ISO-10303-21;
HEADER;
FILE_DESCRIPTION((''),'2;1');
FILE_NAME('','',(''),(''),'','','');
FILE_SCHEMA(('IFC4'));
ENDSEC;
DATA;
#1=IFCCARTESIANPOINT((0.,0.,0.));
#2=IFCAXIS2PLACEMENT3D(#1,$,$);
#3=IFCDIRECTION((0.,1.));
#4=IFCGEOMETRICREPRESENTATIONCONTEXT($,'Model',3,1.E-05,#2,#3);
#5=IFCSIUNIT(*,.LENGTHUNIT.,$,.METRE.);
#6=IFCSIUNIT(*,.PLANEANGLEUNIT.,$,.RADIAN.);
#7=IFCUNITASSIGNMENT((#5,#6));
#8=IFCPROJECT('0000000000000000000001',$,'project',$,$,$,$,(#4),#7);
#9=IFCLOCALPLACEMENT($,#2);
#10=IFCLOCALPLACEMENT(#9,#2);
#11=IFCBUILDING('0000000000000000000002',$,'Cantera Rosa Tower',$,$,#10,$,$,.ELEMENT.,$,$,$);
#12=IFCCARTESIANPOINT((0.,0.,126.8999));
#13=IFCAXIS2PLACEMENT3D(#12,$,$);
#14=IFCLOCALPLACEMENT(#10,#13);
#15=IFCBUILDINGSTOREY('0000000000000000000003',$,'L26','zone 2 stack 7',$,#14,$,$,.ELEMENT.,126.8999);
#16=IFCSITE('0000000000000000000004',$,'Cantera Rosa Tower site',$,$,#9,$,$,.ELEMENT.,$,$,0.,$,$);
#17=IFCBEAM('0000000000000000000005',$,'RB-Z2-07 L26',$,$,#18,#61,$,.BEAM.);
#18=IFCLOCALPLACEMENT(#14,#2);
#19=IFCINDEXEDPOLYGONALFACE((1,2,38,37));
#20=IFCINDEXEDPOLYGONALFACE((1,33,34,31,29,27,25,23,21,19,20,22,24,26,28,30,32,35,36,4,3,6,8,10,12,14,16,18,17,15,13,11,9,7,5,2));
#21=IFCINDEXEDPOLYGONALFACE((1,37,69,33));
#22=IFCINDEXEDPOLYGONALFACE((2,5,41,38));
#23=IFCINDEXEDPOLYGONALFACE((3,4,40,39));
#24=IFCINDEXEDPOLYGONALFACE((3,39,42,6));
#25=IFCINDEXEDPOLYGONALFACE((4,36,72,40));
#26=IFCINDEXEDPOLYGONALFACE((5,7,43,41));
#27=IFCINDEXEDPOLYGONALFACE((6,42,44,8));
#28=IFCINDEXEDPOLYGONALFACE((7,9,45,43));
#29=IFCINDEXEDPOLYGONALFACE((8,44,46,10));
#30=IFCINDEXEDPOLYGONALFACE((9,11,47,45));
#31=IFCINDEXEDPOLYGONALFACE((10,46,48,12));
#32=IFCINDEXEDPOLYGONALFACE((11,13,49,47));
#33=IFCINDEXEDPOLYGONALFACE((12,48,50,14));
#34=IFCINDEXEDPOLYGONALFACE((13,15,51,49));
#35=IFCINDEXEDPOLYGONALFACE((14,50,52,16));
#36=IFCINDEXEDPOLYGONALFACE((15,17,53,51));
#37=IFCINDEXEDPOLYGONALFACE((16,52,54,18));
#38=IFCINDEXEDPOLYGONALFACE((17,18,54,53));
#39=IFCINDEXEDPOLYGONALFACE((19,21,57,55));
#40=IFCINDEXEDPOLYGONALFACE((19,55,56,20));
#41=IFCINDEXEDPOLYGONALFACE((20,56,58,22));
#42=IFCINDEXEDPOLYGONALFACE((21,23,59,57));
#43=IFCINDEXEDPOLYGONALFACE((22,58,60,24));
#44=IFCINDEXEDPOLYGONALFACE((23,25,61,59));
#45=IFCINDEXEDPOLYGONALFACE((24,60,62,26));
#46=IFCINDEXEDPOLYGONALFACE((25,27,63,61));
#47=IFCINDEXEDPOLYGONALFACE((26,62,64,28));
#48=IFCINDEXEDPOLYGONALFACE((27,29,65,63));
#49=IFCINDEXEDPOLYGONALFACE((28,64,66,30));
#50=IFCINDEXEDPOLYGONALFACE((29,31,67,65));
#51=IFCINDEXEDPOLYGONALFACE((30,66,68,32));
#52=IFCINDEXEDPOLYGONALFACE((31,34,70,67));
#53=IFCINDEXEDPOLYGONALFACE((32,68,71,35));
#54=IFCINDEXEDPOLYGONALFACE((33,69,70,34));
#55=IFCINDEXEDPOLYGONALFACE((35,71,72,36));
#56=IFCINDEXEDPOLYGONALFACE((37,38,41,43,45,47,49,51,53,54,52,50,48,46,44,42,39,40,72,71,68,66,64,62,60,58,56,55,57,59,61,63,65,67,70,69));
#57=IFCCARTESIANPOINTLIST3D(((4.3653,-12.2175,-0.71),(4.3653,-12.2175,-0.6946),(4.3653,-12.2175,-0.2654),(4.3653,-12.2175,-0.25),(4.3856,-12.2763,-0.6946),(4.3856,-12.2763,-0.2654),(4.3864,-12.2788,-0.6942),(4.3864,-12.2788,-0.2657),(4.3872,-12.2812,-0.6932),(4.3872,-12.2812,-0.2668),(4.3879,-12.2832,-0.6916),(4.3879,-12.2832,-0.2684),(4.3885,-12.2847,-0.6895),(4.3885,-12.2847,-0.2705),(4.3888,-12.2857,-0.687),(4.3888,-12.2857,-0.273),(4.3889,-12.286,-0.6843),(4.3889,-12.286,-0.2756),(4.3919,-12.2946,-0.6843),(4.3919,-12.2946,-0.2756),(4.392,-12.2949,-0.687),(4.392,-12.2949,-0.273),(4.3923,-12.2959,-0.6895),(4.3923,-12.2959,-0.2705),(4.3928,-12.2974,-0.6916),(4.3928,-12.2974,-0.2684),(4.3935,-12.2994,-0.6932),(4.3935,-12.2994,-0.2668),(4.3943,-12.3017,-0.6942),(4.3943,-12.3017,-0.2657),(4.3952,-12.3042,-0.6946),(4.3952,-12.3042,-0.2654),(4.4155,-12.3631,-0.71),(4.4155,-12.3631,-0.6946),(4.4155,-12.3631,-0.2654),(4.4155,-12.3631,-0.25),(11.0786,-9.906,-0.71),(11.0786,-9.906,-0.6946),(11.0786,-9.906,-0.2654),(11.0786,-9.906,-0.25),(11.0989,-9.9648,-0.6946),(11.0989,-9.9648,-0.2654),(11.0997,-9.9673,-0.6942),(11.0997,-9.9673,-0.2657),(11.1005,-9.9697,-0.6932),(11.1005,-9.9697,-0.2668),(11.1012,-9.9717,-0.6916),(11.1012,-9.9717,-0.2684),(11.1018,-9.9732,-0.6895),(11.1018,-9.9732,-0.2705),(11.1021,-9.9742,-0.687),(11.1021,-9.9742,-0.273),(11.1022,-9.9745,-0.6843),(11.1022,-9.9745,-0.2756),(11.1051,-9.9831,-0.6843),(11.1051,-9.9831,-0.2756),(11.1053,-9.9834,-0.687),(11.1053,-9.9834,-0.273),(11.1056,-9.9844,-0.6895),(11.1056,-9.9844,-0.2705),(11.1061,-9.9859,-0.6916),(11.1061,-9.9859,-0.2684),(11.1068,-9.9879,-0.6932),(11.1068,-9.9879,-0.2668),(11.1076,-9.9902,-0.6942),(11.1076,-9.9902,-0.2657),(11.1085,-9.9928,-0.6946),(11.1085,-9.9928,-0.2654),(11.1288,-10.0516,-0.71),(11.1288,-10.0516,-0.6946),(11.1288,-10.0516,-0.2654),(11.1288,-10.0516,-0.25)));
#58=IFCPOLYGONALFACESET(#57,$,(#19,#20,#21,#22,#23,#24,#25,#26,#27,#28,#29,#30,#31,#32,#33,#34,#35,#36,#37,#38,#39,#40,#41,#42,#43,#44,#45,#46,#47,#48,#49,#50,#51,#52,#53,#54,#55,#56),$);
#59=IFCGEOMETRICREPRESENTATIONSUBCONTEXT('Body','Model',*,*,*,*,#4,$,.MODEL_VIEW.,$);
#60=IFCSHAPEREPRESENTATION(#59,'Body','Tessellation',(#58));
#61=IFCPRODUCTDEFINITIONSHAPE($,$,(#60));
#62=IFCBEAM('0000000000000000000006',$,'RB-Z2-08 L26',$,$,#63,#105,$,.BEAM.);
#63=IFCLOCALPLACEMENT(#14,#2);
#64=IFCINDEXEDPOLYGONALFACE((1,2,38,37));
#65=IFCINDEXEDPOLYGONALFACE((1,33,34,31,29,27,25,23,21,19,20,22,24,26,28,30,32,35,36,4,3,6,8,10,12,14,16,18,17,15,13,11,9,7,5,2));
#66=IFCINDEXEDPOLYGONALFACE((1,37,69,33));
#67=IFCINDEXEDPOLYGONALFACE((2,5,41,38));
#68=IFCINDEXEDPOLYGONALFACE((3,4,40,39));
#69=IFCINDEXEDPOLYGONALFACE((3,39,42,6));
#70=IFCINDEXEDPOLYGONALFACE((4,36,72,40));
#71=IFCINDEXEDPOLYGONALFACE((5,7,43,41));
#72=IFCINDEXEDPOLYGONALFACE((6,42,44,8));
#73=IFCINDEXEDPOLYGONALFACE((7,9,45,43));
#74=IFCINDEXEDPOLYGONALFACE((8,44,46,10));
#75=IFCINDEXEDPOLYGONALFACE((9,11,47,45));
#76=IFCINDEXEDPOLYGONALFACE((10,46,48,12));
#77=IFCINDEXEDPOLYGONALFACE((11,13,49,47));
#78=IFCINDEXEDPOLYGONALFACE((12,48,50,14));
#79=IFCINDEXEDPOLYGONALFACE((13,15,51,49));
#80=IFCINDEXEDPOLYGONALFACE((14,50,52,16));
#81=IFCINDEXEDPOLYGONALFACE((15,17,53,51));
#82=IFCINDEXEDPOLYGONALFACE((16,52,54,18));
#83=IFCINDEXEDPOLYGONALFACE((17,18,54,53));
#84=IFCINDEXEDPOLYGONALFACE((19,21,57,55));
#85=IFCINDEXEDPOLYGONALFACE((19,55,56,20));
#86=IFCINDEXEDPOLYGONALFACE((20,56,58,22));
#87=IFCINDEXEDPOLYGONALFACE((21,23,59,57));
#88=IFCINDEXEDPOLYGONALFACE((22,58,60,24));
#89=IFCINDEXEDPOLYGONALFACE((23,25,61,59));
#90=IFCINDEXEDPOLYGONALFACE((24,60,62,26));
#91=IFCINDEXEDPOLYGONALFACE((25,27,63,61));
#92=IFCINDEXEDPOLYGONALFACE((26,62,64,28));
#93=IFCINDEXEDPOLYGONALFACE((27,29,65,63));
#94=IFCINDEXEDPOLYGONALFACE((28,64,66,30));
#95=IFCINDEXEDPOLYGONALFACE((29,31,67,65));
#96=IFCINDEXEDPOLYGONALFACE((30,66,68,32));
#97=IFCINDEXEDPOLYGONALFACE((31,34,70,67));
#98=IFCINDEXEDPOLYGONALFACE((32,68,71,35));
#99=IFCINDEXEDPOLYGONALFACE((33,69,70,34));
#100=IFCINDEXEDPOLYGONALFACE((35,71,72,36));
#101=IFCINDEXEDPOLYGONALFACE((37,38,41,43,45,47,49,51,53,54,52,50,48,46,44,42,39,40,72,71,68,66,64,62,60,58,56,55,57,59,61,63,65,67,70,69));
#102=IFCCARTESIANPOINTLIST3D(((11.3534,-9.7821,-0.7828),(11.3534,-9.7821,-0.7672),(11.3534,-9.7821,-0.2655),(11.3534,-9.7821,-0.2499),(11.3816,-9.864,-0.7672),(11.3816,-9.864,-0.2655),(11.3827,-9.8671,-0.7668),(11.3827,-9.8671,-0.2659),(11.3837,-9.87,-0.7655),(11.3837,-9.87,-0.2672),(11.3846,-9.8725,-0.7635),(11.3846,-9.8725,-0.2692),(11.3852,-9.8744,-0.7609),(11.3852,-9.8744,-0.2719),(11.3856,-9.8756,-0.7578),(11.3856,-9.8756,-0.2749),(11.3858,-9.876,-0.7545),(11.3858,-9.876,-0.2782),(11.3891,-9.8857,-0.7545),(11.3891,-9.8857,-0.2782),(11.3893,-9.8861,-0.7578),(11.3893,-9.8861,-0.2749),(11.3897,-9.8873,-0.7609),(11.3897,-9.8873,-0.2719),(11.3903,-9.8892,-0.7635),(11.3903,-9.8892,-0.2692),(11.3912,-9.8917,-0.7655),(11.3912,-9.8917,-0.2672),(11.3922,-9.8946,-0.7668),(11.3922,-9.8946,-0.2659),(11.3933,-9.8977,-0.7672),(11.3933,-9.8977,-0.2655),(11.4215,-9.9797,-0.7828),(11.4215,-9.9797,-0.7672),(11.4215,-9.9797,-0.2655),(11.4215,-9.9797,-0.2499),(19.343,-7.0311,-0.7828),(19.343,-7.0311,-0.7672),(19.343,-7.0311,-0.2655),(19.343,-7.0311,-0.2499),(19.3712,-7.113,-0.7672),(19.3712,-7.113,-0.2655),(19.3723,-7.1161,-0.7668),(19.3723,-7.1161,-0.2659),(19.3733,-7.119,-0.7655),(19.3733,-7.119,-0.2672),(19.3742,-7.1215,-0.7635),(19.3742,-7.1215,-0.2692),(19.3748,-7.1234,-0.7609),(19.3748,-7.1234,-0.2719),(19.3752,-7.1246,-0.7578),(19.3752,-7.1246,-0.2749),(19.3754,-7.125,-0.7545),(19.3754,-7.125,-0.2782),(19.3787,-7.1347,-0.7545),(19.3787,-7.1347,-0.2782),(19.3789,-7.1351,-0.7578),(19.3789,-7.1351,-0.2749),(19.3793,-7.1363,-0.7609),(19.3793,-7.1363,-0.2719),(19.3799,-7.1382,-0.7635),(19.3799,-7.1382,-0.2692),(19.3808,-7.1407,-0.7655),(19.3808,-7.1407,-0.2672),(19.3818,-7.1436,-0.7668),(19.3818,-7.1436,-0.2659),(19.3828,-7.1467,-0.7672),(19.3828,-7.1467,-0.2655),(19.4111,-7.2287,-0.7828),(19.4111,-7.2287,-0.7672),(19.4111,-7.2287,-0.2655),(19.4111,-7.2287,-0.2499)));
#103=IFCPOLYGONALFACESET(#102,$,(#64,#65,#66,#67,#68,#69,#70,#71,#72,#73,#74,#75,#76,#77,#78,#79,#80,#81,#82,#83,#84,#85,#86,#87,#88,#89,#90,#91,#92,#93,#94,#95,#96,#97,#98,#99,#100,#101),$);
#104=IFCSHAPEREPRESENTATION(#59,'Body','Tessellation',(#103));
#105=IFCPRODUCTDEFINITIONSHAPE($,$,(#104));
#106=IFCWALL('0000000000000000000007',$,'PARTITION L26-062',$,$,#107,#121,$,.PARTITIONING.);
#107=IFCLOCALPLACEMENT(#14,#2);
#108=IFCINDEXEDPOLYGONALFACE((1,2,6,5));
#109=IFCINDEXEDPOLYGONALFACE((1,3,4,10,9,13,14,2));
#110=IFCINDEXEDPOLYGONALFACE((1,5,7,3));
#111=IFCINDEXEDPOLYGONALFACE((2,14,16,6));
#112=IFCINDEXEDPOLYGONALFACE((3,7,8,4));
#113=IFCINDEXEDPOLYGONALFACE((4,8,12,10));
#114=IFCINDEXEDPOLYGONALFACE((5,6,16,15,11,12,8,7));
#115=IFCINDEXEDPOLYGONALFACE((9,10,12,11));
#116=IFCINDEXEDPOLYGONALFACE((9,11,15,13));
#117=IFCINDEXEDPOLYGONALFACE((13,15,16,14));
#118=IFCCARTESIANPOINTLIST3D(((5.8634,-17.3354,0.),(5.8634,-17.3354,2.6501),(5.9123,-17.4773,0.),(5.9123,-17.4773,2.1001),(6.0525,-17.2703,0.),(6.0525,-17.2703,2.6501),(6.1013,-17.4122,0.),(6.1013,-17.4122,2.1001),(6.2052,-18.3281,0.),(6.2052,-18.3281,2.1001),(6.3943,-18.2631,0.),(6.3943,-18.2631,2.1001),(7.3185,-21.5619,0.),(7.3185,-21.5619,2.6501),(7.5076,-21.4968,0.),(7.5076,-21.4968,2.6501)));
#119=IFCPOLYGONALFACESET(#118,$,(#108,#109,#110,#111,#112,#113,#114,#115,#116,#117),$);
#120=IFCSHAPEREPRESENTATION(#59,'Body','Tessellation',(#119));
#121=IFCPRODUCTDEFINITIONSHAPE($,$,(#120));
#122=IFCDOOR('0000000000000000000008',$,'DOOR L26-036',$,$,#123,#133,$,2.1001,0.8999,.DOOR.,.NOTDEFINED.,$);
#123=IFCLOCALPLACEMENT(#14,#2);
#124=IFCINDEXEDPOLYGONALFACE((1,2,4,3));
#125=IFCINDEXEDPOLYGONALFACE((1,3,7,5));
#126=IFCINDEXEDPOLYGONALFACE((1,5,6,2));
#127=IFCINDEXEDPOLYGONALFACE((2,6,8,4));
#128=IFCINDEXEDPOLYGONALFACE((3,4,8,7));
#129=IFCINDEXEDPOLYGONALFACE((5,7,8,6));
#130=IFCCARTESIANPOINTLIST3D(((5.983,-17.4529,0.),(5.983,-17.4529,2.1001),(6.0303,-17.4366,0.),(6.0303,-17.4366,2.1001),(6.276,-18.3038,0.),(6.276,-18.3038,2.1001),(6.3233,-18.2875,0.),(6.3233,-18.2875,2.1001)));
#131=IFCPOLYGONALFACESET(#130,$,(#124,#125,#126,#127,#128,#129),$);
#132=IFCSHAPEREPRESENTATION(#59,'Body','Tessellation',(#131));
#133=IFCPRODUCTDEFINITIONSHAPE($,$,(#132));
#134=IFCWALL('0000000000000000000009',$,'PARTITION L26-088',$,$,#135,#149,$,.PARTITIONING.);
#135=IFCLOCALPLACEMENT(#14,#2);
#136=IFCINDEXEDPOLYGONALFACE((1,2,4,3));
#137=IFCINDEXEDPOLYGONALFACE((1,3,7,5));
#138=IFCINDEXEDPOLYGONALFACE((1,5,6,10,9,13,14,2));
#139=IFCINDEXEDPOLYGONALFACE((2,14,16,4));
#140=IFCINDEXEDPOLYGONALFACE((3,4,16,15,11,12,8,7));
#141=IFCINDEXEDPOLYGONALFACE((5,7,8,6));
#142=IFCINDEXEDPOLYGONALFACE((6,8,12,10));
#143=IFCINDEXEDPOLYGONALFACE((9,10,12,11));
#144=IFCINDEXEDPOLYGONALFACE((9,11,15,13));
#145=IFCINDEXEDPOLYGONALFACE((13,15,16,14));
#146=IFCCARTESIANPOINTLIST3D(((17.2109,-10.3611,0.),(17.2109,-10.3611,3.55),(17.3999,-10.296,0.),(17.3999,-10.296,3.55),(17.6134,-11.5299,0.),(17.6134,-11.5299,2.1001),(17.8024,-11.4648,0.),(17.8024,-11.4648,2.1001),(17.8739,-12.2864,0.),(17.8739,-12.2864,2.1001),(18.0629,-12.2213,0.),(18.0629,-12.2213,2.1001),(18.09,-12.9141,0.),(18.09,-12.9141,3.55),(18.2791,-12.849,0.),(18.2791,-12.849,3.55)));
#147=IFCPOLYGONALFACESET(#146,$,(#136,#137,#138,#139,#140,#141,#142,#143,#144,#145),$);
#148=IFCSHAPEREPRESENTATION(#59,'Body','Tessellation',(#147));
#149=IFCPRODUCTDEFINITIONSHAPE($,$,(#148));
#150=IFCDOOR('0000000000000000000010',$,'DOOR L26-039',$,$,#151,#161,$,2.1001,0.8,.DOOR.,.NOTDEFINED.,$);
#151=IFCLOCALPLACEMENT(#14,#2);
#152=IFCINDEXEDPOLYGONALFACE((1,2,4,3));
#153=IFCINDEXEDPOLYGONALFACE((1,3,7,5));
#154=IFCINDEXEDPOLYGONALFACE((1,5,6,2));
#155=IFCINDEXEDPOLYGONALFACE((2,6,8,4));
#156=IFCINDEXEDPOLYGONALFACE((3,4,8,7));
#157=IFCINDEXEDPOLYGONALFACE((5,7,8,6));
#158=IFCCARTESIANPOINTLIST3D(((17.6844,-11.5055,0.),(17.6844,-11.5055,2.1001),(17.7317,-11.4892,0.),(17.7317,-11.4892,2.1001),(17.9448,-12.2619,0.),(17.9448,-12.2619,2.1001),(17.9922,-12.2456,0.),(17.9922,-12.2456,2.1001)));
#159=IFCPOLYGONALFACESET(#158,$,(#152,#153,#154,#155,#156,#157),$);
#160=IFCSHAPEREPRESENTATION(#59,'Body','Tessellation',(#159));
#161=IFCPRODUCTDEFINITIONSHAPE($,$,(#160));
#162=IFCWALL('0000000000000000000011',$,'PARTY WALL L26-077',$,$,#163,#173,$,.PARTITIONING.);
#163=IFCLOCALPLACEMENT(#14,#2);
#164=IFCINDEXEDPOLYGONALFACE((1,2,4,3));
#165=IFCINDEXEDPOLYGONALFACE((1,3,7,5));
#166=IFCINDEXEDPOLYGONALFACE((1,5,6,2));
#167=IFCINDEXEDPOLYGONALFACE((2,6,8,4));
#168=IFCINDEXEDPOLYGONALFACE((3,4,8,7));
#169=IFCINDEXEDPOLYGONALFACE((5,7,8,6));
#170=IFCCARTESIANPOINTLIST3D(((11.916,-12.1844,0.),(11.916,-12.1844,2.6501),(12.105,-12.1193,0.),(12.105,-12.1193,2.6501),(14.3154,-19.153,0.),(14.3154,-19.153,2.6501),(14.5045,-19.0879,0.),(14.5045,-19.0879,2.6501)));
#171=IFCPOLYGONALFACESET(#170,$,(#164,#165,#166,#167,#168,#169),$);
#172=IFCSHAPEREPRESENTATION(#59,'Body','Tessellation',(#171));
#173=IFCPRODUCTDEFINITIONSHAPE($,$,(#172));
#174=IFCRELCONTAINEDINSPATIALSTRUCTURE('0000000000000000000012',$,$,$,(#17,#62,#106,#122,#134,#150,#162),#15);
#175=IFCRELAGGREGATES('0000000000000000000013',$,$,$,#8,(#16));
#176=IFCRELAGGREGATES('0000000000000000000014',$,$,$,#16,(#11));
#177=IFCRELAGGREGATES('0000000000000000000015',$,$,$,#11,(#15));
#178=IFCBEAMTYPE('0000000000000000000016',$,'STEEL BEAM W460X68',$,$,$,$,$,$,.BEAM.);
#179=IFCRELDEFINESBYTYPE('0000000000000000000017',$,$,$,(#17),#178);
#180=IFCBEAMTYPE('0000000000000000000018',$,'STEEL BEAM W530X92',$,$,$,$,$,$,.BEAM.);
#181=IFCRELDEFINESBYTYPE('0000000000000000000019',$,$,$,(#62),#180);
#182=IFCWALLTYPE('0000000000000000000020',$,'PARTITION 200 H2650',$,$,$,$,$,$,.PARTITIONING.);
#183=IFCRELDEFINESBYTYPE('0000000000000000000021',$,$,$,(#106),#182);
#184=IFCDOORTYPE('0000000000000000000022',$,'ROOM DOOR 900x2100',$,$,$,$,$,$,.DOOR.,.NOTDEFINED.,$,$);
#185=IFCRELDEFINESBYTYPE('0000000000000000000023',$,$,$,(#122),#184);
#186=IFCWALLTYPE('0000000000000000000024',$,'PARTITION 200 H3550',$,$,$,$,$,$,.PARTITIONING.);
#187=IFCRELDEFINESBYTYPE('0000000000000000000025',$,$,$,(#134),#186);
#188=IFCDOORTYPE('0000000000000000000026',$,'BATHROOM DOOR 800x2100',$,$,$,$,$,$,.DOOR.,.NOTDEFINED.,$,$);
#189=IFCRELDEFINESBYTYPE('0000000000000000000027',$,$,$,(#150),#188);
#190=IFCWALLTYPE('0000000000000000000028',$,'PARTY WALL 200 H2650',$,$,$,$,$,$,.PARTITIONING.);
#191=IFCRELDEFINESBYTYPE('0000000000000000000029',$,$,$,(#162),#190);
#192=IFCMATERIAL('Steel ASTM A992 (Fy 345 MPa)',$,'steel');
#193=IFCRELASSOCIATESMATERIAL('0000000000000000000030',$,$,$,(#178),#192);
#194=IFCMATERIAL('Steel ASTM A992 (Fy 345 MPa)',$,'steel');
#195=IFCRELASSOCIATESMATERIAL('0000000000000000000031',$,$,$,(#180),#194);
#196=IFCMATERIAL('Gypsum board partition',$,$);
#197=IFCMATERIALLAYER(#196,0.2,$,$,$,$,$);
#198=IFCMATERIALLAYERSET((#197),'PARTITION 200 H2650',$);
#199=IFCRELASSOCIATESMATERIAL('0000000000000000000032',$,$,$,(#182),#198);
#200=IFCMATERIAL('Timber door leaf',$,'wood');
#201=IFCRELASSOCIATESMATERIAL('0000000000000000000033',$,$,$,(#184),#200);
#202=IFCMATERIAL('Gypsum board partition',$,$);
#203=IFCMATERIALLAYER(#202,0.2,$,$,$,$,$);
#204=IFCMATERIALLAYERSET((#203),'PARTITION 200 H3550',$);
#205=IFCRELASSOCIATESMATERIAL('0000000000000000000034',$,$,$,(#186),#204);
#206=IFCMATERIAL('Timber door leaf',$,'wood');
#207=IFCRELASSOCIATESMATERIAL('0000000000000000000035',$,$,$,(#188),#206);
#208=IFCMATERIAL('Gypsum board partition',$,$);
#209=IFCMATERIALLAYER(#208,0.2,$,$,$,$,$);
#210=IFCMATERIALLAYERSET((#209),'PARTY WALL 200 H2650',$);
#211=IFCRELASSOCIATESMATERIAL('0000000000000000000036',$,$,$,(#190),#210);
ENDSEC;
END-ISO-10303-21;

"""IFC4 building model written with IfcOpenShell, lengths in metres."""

from ifc_helpers import new_model, si_unit, direction, frame, frame_2d, origin, origin_2d, place, context, subcontext, project, spatial, rectangle, i_section, extrude, material, layer, layer_set, material_profile, profile_set, type_object, element, fill, save


model = new_model("IFC4")

# Units and contexts
model_context = context("Model", 3, precision=1e-05, world=origin(), true_north=direction((0.0, 1.0)))
body_context = subcontext(model_context, "Body", "Model", "MODEL_VIEW")
ifc_project = project(units=[si_unit("LENGTHUNIT", "METRE"), si_unit("PLANEANGLEUNIT", "RADIAN")], contexts=[model_context])

# Site, building, storey
site_placement = place(None, origin())
site = spatial("IfcSite", under=ifc_project, at=site_placement, Name="Cantera Rosa Tower site", CompositionType="ELEMENT", RefElevation=0.0)
building_placement = place(site_placement, origin())
building = spatial("IfcBuilding", under=site, at=building_placement, Name="Cantera Rosa Tower", CompositionType="ELEMENT")
storey_placement = place(building_placement, frame((0.0, 0.0, 126.8999)))
storey = spatial("IfcBuildingStorey", under=building, at=storey_placement, Name="L26", Description="zone 2 stack 7", CompositionType="ELEMENT", Elevation=126.8999)

# Beams
ifc_material_1 = material(Name="Steel ASTM A992 (Fy 345 MPa)", Category="steel")
ifc_material_profile_1 = material_profile(ifc_material_1, i_section(OverallWidth=0.1541, OverallDepth=0.46, WebThickness=0.009, FlangeThickness=0.0154, FilletRadius=0.0103, at=origin_2d()), Name="W460X68")
ifc_profile_set_1 = profile_set([ifc_material_profile_1], Name="Steel ASTM A992 (Fy 345 MPa)")
beam_type_1 = type_object("IfcBeamType", Name="STEEL BEAM W460X68", PredefinedType="BEAM", material=ifc_profile_set_1)
beam_1_placement = place(storey_placement, frame((4.3904, -12.2903, -0.48), z_axis=(0.945522, 0.325558, 0.0), x_axis=(-0.325558, 0.945522, 0.0)))
element("IfcBeam", 1, at=beam_1_placement, inside=storey, type_object=beam_type_1, Name="RB-Z2-07 L26", PredefinedType="BEAM", context=body_context, shape_type="SweptSolid", body=[
    extrude(i_section(OverallWidth=0.1541, OverallDepth=0.46, WebThickness=0.009, FlangeThickness=0.0154, FilletRadius=0.0103, at=origin_2d()), origin(), (0.0, 0.0, 1.0), 7.1001),
])
ifc_material_2 = material(Name="Steel ASTM A992 (Fy 345 MPa)", Category="steel")
ifc_material_profile_2 = material_profile(ifc_material_2, i_section(OverallWidth=0.209, OverallDepth=0.533, WebThickness=0.0103, FlangeThickness=0.0156, FilletRadius=0.0127, at=origin_2d()), Name="W530X92")
ifc_profile_set_2 = profile_set([ifc_material_profile_2], Name="Steel ASTM A992 (Fy 345 MPa)")
beam_type_2 = type_object("IfcBeamType", Name="STEEL BEAM W530X92", PredefinedType="BEAM", material=ifc_profile_set_2)
beam_2_placement = place(storey_placement, frame((11.3875, -9.8809, -0.5164), z_axis=(0.94552, 0.325565, 0.0), x_axis=(-0.325565, 0.94552, 0.0)))
element("IfcBeam", 2, at=beam_2_placement, inside=storey, type_object=beam_type_2, Name="RB-Z2-08 L26", PredefinedType="BEAM", context=body_context, shape_type="SweptSolid", body=[
    extrude(i_section(OverallWidth=0.209, OverallDepth=0.533, WebThickness=0.0103, FlangeThickness=0.0156, FilletRadius=0.0127, at=origin_2d()), origin(), (0.0, 0.0, 1.0), 8.45),
])

# Walls, openings, doors
ifc_material_3 = material(Name="Gypsum board partition")
ifc_layer_1 = layer(ifc_material_3, 0.2)
ifc_layer_set_1 = layer_set([ifc_layer_1], Name="PARTITION 200 H2650")
wall_type_1 = type_object("IfcWallType", Name="PARTITION 200 H2650", PredefinedType="PARTITIONING", material=ifc_layer_set_1)
wall_1_placement = place(storey_placement, frame((5.958, -17.303, 0.0), z_axis=(0.0, 0.0, 1.0), x_axis=(0.325519, -0.945535, 0.0)))
wall_1 = element("IfcWall", 3, at=wall_1_placement, inside=storey, type_object=wall_type_1, Name="PARTITION L26-062", PredefinedType="PARTITIONING", context=body_context, shape_type="SweptSolid", body=[
    extrude(rectangle(XDim=4.47, YDim=0.2, at=frame_2d((2.2349, 0.0))), origin(), (0.0, 0.0, 1.0), 2.6501),
])
opening_1_placement = place(wall_1_placement, frame((0.1499, 0.0, 0.0)))
opening_1 = element("IfcOpeningElement", 4, at=opening_1_placement, cuts=wall_1, PredefinedType="OPENING", context=body_context, shape_type="SweptSolid", body=[
    extrude(rectangle(XDim=0.8999, YDim=2.1001, at=frame_2d((0.45, 1.05))), frame((0.0, 0.1099, 0.0), z_axis=(0.0, -1.0, 0.0), x_axis=(1.0, 0.0, 0.0)), (0.0, 0.0, 1.0), 0.22),
])
ifc_material_4 = material(Name="Timber door leaf", Category="wood")
door_type_1 = type_object("IfcDoorType", Name="ROOM DOOR 900x2100", OperationType="NOTDEFINED", PredefinedType="DOOR", material=ifc_material_4)
door_1_placement = place(opening_1_placement, origin())
door_1 = element("IfcDoor", 5, at=door_1_placement, inside=storey, type_object=door_type_1, Name="DOOR L26-036", OperationType="NOTDEFINED", OverallHeight=2.1001, OverallWidth=0.8999, PredefinedType="DOOR", context=body_context, shape_type="SweptSolid", body=[
    extrude(rectangle(XDim=0.8999, YDim=2.1001, at=frame_2d((0.45, 1.05))), frame((0.0, 0.0249, 0.0), z_axis=(0.0, -1.0, 0.0), x_axis=(1.0, 0.0, 0.0)), (0.0, 0.0, 1.0), 0.05),
])
fill(opening_1, door_1)
ifc_material_5 = material(Name="Gypsum board partition")
ifc_layer_2 = layer(ifc_material_5, 0.2)
ifc_layer_set_2 = layer_set([ifc_layer_2], Name="PARTITION 200 H3550")
wall_type_2 = type_object("IfcWallType", Name="PARTITION 200 H3550", PredefinedType="PARTITIONING", material=ifc_layer_set_2)
wall_2_placement = place(storey_placement, frame((18.1846, -12.8816, 0.0), z_axis=(0.0, 0.0, 1.0), x_axis=(-0.325598, 0.945508, 0.0)))
wall_2 = element("IfcWall", 6, at=wall_2_placement, inside=storey, type_object=wall_type_2, Name="PARTITION L26-088", PredefinedType="PARTITIONING", context=body_context, shape_type="SweptSolid", body=[
    extrude(rectangle(XDim=2.7002, YDim=0.2, at=frame_2d((1.3501, 0.0))), origin(), (0.0, 0.0, 1.0), 3.55),
])
opening_2_placement = place(wall_2_placement, frame((0.6641, 0.0, 0.0)))
opening_2 = element("IfcOpeningElement", 7, at=opening_2_placement, cuts=wall_2, PredefinedType="OPENING", context=body_context, shape_type="SweptSolid", body=[
    extrude(rectangle(XDim=0.8, YDim=2.1001, at=frame_2d((0.3999, 1.05))), frame((0.0, 0.1099, 0.0), z_axis=(0.0, -1.0, 0.0), x_axis=(1.0, 0.0, 0.0)), (0.0, 0.0, 1.0), 0.22),
])
ifc_material_6 = material(Name="Timber door leaf", Category="wood")
door_type_2 = type_object("IfcDoorType", Name="BATHROOM DOOR 800x2100", OperationType="NOTDEFINED", PredefinedType="DOOR", material=ifc_material_6)
door_2_placement = place(opening_2_placement, origin())
door_2 = element("IfcDoor", 8, at=door_2_placement, inside=storey, type_object=door_type_2, Name="DOOR L26-039", OperationType="NOTDEFINED", OverallHeight=2.1001, OverallWidth=0.8, PredefinedType="DOOR", context=body_context, shape_type="SweptSolid", body=[
    extrude(rectangle(XDim=0.8, YDim=2.1001, at=frame_2d((0.3999, 1.05))), frame((0.0, 0.0249, 0.0), z_axis=(0.0, -1.0, 0.0), x_axis=(1.0, 0.0, 0.0)), (0.0, 0.0, 1.0), 0.05),
])
fill(opening_2, door_2)

# Wall
ifc_material_7 = material(Name="Gypsum board partition")
ifc_layer_3 = layer(ifc_material_7, 0.2)
ifc_layer_set_3 = layer_set([ifc_layer_3], Name="PARTY WALL 200 H2650")
wall_type_3 = type_object("IfcWallType", Name="PARTY WALL 200 H2650", PredefinedType="PARTITIONING", material=ifc_layer_set_3)
wall_3_placement = place(storey_placement, frame((12.0105, -12.1519, 0.0), z_axis=(0.0, 0.0, 1.0), x_axis=(0.325564, -0.94552, 0.0)))
element("IfcWall", 9, at=wall_3_placement, inside=storey, type_object=wall_type_3, Name="PARTY WALL L26-077", PredefinedType="PARTITIONING", context=body_context, shape_type="SweptSolid", body=[
    extrude(rectangle(XDim=7.3701, YDim=0.2, at=frame_2d((3.6851, 0.0))), origin(), (0.0, 0.0, 1.0), 2.6501),
])

save(model, "model.ifc")
